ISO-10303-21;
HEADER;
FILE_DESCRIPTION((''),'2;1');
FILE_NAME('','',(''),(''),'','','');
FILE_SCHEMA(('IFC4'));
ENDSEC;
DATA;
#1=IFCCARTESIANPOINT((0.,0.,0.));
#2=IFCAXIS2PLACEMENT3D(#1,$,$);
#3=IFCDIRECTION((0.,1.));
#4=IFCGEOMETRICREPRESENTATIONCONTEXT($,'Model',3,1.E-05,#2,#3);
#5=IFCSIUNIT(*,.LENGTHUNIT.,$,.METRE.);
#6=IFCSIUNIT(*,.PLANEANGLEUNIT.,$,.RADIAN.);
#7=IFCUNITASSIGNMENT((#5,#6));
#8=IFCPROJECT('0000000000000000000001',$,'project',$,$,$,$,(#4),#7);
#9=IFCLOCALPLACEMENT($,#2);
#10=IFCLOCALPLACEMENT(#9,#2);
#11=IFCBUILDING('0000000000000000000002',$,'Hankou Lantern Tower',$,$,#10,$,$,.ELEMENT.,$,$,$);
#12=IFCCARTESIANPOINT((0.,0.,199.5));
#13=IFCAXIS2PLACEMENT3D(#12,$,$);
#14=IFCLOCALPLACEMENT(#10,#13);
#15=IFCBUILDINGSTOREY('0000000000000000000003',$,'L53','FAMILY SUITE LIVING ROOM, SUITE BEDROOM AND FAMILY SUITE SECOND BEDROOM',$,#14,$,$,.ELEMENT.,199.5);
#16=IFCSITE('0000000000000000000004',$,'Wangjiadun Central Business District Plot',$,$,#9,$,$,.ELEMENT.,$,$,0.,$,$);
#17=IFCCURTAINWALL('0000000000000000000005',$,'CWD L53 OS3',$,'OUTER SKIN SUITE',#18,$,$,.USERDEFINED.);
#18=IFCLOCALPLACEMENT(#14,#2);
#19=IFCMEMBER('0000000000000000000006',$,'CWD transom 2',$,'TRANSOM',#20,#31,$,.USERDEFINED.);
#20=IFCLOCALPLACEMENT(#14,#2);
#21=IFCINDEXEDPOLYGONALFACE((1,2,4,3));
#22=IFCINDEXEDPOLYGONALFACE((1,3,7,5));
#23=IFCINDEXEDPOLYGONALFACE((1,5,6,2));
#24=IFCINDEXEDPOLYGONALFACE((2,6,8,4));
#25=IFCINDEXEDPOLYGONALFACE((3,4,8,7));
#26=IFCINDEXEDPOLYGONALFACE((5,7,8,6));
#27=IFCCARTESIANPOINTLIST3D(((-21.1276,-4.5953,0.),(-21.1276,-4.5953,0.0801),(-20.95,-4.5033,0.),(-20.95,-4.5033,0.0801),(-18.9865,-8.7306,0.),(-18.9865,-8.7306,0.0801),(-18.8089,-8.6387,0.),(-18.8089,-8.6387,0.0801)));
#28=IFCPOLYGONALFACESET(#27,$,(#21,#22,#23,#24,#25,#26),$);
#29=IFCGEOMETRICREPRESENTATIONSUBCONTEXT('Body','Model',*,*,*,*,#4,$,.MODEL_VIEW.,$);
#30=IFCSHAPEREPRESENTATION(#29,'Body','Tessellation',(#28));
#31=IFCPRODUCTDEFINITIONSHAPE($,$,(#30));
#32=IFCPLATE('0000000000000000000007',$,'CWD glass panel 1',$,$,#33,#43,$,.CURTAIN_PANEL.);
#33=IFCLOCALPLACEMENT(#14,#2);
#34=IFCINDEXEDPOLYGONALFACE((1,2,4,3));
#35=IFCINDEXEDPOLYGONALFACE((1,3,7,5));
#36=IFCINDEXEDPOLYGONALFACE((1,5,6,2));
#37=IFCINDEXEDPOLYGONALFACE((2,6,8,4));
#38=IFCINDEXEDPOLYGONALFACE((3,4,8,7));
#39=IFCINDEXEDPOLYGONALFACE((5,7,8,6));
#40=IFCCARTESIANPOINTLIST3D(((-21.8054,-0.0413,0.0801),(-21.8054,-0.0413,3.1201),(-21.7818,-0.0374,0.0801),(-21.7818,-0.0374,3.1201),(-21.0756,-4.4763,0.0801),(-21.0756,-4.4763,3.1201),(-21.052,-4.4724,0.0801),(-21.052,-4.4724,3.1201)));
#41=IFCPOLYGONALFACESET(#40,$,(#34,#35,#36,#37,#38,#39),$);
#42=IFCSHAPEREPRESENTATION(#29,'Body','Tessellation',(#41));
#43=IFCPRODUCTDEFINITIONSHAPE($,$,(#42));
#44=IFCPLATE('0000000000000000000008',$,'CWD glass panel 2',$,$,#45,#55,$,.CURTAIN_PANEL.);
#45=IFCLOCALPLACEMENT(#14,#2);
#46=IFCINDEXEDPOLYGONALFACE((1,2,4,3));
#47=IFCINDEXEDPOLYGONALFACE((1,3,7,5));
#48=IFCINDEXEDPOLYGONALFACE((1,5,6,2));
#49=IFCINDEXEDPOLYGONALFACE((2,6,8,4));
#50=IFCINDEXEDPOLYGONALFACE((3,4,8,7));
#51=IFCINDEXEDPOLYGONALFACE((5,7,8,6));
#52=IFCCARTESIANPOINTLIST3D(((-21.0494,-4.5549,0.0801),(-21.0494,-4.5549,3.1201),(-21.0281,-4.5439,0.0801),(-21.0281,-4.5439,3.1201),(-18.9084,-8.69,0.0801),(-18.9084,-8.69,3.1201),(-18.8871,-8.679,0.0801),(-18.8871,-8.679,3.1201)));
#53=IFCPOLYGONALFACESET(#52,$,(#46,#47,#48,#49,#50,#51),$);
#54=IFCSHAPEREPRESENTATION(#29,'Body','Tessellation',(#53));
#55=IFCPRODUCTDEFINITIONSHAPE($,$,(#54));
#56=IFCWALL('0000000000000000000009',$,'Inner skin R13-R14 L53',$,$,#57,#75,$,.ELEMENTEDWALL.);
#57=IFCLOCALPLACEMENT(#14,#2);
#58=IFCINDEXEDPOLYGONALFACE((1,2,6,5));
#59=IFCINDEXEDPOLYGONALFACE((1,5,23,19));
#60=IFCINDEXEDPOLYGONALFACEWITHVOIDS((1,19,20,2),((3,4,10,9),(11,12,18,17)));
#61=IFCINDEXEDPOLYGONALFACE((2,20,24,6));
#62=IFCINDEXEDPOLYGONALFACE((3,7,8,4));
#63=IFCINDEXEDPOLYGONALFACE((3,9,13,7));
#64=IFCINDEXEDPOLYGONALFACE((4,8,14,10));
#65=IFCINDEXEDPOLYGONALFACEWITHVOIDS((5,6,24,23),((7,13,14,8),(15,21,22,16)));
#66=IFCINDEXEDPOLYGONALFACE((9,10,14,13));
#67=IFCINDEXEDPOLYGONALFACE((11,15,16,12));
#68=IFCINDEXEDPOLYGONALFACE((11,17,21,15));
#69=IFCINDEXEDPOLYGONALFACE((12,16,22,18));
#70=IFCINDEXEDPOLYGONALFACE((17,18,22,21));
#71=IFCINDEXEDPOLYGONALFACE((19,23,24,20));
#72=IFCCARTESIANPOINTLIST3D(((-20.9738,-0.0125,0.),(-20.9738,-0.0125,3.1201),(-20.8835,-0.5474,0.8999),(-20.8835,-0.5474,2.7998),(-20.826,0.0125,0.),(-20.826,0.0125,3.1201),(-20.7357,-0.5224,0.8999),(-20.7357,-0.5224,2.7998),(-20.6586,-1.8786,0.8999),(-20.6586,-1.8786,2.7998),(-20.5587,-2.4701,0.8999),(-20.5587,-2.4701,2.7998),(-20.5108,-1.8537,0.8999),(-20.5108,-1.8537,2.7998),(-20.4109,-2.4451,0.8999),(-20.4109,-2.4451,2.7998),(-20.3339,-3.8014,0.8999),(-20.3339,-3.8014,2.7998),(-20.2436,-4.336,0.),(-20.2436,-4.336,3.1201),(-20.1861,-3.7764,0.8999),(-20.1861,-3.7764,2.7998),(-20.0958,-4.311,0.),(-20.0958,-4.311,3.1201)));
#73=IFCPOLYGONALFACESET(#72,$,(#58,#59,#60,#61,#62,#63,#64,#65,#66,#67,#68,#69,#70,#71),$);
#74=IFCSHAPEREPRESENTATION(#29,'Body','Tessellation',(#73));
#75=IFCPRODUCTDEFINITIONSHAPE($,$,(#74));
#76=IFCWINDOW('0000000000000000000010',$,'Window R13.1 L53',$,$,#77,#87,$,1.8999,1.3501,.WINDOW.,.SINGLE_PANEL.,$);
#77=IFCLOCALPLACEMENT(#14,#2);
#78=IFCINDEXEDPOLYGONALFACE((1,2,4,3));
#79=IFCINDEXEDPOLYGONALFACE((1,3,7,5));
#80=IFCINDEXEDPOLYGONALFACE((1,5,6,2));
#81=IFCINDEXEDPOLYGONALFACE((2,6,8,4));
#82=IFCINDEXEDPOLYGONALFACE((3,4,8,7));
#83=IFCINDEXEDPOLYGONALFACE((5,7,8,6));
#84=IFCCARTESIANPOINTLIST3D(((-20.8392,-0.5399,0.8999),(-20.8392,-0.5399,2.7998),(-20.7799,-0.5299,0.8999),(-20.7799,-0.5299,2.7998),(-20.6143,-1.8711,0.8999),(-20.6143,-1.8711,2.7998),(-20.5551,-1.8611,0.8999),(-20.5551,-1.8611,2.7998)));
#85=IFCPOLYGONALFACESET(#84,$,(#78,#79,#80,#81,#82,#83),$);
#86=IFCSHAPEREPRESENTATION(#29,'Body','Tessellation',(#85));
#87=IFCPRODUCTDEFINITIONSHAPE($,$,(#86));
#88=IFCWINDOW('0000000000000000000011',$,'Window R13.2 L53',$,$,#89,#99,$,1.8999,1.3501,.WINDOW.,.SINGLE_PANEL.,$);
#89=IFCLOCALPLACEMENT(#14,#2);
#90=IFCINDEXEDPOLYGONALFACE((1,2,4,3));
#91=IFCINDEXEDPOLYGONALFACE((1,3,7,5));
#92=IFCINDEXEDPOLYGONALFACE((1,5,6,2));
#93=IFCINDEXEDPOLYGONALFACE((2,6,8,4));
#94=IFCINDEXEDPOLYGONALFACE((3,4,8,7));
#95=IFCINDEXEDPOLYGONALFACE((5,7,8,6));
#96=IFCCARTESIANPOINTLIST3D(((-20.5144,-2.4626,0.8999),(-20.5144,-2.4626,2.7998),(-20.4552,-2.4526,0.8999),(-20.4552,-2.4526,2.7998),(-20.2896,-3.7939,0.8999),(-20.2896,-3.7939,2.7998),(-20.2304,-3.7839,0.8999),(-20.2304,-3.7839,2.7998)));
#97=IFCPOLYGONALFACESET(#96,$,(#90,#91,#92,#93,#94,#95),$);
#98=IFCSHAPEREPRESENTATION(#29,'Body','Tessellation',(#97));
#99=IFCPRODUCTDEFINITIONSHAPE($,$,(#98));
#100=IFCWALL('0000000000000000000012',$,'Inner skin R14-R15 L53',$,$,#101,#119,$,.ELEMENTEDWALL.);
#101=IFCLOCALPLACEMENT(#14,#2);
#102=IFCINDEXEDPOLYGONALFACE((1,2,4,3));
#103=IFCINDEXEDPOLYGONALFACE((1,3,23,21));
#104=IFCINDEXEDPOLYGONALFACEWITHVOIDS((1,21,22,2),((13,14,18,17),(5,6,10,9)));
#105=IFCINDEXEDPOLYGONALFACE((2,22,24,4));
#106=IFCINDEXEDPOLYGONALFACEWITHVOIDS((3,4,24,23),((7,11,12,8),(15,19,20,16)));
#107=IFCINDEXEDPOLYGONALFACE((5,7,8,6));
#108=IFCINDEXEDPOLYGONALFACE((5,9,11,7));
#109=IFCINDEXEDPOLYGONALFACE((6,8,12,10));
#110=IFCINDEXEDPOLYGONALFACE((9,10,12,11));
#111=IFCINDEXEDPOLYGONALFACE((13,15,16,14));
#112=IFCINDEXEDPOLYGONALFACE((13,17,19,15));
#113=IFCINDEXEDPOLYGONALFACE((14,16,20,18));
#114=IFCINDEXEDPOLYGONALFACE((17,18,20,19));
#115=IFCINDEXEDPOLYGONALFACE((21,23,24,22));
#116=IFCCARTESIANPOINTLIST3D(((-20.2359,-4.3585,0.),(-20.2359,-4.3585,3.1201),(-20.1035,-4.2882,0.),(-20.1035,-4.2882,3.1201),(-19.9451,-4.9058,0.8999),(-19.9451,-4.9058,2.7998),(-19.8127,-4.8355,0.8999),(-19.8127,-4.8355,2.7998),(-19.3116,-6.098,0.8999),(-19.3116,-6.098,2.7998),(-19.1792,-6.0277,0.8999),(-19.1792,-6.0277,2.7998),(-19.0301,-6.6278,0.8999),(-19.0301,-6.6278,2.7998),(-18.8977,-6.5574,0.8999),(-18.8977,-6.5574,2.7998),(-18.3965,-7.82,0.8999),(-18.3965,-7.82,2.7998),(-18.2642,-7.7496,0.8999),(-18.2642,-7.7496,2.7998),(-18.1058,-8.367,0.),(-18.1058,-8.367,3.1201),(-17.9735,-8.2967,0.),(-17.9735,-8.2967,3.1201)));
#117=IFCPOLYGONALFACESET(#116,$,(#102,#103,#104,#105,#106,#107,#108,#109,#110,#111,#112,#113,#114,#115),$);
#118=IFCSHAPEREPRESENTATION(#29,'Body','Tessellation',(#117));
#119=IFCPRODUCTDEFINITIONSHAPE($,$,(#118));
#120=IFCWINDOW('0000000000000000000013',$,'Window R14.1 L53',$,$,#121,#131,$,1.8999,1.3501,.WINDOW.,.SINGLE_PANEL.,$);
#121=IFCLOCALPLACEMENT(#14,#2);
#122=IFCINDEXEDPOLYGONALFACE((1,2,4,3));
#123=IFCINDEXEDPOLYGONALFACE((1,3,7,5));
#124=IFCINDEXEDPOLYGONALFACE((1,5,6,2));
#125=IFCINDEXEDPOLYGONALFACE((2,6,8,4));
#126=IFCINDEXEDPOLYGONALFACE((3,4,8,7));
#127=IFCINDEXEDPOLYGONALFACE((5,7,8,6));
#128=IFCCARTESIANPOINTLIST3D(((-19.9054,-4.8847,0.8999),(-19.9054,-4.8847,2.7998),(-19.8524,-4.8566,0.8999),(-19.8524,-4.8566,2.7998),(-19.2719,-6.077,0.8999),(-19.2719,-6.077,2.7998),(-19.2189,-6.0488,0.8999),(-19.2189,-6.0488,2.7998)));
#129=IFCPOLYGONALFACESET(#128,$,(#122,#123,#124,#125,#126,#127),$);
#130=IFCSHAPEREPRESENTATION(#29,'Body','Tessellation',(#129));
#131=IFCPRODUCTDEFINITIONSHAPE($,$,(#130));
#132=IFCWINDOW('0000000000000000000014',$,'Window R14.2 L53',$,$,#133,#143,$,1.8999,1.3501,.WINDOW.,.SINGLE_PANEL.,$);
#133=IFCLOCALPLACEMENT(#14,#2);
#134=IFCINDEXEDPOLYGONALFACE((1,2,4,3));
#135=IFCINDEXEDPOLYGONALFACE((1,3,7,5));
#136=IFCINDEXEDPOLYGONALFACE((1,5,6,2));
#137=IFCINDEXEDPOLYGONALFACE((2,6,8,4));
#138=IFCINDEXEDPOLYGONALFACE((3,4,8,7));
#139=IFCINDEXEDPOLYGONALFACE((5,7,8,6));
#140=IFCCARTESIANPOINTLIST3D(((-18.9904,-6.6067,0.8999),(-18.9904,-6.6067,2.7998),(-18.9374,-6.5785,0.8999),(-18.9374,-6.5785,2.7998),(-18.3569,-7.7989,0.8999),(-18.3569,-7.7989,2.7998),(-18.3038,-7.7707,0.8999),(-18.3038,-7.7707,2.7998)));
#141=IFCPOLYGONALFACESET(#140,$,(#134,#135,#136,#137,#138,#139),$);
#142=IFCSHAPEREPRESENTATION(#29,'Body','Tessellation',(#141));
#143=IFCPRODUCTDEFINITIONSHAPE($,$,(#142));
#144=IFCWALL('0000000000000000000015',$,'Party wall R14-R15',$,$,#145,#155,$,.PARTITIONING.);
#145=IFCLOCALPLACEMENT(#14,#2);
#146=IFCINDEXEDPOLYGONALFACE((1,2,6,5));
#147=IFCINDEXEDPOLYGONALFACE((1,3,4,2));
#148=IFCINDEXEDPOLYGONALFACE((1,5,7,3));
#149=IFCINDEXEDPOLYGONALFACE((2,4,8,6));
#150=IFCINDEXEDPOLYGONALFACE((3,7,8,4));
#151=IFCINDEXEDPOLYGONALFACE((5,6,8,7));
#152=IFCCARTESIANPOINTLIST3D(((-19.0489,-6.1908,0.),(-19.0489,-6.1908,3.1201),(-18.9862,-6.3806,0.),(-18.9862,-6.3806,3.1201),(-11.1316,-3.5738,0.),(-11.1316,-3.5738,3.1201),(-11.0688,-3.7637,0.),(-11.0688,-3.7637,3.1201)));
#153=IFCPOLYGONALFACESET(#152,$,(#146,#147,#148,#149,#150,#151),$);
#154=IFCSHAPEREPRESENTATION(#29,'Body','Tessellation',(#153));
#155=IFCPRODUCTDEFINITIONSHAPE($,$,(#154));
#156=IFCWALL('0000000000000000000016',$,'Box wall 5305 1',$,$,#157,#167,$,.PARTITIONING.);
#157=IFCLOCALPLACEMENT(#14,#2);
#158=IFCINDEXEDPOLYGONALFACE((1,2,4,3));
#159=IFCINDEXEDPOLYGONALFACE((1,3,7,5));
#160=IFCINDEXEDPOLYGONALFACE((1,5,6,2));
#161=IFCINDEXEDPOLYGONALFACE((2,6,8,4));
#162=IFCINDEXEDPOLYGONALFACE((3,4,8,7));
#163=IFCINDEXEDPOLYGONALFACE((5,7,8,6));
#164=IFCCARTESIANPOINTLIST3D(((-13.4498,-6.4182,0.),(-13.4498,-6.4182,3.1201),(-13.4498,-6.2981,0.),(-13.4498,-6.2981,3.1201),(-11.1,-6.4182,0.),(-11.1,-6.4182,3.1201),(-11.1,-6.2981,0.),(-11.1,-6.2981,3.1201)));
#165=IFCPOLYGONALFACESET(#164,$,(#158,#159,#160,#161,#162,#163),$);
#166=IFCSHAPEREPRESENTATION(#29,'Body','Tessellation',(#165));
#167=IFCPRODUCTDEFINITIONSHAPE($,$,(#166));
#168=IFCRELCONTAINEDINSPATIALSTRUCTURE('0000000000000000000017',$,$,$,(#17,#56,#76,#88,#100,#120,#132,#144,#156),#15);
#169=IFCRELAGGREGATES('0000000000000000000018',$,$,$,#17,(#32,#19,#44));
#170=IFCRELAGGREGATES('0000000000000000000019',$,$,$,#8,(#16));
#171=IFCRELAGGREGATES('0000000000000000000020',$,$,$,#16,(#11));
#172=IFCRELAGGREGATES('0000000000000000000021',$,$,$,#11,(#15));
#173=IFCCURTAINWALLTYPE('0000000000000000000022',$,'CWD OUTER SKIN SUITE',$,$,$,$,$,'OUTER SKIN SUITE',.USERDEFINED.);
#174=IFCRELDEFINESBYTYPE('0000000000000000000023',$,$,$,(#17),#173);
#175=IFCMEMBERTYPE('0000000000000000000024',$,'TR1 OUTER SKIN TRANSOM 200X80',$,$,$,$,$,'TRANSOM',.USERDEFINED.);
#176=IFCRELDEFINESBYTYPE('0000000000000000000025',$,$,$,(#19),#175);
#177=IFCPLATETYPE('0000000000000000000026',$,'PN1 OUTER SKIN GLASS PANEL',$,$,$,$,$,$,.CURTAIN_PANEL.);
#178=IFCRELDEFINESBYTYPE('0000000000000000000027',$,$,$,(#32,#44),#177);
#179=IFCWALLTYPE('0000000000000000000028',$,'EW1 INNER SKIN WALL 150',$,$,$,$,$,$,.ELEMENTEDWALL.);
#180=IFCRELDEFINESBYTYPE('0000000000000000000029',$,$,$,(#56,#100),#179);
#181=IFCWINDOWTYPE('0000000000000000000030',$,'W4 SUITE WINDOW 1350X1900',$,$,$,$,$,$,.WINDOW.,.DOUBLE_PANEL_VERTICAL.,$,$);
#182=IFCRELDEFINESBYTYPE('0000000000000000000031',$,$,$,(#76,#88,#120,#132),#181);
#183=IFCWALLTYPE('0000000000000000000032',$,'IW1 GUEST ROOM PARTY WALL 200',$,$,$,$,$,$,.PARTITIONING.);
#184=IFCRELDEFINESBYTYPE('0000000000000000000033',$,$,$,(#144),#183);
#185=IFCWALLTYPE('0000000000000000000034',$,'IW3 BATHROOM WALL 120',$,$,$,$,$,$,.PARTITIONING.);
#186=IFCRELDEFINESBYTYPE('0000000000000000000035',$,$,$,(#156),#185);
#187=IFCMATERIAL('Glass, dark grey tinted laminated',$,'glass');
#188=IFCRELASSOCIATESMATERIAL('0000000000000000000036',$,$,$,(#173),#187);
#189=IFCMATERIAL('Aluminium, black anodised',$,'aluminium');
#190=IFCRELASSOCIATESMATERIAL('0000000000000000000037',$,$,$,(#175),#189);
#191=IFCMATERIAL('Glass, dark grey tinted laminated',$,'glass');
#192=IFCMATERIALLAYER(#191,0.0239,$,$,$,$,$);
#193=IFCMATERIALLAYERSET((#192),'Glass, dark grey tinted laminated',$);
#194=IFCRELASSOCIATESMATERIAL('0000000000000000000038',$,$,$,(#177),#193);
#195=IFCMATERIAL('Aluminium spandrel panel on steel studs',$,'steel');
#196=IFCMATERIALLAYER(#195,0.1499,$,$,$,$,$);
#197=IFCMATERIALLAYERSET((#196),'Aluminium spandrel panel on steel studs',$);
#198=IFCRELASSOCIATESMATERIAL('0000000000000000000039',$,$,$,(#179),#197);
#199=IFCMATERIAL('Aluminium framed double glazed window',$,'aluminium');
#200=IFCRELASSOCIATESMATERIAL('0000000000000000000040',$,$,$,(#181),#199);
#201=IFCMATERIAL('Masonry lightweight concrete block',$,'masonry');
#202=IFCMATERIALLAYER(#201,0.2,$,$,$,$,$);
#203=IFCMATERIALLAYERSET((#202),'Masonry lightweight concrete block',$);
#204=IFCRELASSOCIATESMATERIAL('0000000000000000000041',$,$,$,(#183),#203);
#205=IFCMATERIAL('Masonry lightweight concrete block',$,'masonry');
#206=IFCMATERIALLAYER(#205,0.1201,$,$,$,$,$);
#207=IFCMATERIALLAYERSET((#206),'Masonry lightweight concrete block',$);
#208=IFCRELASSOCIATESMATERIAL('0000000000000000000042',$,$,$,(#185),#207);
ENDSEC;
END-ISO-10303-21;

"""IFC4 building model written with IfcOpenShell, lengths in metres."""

from ifc_helpers import new_model, si_unit, direction, frame, frame_2d, origin, origin_2d, place, context, subcontext, project, spatial, rectangle, extrude, material, layer, layer_set, material_profile, profile_set, type_object, element, fill, aggregate, save


model = new_model("IFC4")

# Units and contexts
model_context = context("Model", 3, precision=1e-05, world=origin(), true_north=direction((0.0, 1.0)))
body_context = subcontext(model_context, "Body", "Model", "MODEL_VIEW")
ifc_project = project(units=[si_unit("LENGTHUNIT", "METRE"), si_unit("PLANEANGLEUNIT", "RADIAN")], contexts=[model_context])

# Site, building, storey
site_placement = place(None, origin())
site = spatial("IfcSite", under=ifc_project, at=site_placement, Name="Wangjiadun Central Business District Plot", CompositionType="ELEMENT", RefElevation=0.0)
building_placement = place(site_placement, origin())
building = spatial("IfcBuilding", under=site, at=building_placement, Name="Hankou Lantern Tower", CompositionType="ELEMENT")
storey_placement = place(building_placement, frame((0.0, 0.0, 199.5)))
storey = spatial("IfcBuildingStorey", under=building, at=storey_placement, Name="L53", Description="FAMILY SUITE LIVING ROOM, SUITE BEDROOM AND FAMILY SUITE SECOND BEDROOM", CompositionType="ELEMENT", Elevation=199.5)

# Curtain wall
ifc_material_1 = material(Name="Glass, dark grey tinted laminated", Category="glass")
curtain_wall_type = type_object("IfcCurtainWallType", Name="CWD OUTER SKIN SUITE", ElementType="OUTER SKIN SUITE", PredefinedType="USERDEFINED", material=ifc_material_1)
curtain_wall_placement = place(storey_placement, origin())
curtain_wall = element("IfcCurtainWall", 1, at=curtain_wall_placement, inside=storey, type_object=curtain_wall_type, Name="CWD L53 OS3", ObjectType="OUTER SKIN SUITE", PredefinedType="USERDEFINED")

# Member
ifc_material_2 = material(Name="Aluminium, black anodised", Category="aluminium")
ifc_material_profile_1 = material_profile(ifc_material_2, rectangle(XDim=0.2, YDim=0.0801, at=origin_2d()), Name="TR1 200X80")
ifc_profile_set_1 = profile_set([ifc_material_profile_1], Name="Aluminium, black anodised")
member_type_1 = type_object("IfcMemberType", Name="TR1 OUTER SKIN TRANSOM 200X80", ElementType="TRANSOM", PredefinedType="USERDEFINED", material=ifc_profile_set_1)
member_1_placement = place(storey_placement, frame((-21.0388, -4.5493, 0.04), z_axis=(0.459794, -0.888026, 0.0), x_axis=(0.888026, 0.459794, 0.0)))
member_1 = element("IfcMember", 2, at=member_1_placement, type_object=member_type_1, Name="CWD transom 2", ObjectType="TRANSOM", PredefinedType="USERDEFINED", context=body_context, shape_type="SweptSolid", body=[
    extrude(rectangle(XDim=0.2, YDim=0.0801, at=origin_2d()), origin(), (0.0, 0.0, 1.0), 4.6567),
])

# Plates
ifc_material_3 = material(Name="Glass, dark grey tinted laminated", Category="glass")
ifc_layer_1 = layer(ifc_material_3, 0.0239)
ifc_layer_set_1 = layer_set([ifc_layer_1], Name="Glass, dark grey tinted laminated")
plate_type = type_object("IfcPlateType", Name="PN1 OUTER SKIN GLASS PANEL", PredefinedType="CURTAIN_PANEL", material=ifc_layer_set_1)
plate_1_placement = place(storey_placement, frame((-21.4287, -2.2568, 0.0801), z_axis=(0.0, 0.0, 1.0), x_axis=(0.162382, -0.986728, 0.0)))
plate_1 = element("IfcPlate", 3, at=plate_1_placement, type_object=plate_type, Name="CWD glass panel 1", PredefinedType="CURTAIN_PANEL", context=body_context, shape_type="SweptSolid", body=[
    extrude(rectangle(XDim=4.4946, YDim=0.0239, at=origin_2d()), origin(), (0.0, 0.0, 1.0), 3.04),
])
plate_2_placement = place(storey_placement, frame((-19.9683, -6.6169, 0.0801), z_axis=(0.0, 0.0, 1.0), x_axis=(0.459791, -0.888027, 0.0)))
plate_2 = element("IfcPlate", 4, at=plate_2_placement, type_object=plate_type, Name="CWD glass panel 2", PredefinedType="CURTAIN_PANEL", context=body_context, shape_type="SweptSolid", body=[
    extrude(rectangle(XDim=4.6565, YDim=0.0239, at=origin_2d()), origin(), (0.0, 0.0, 1.0), 3.04),
])
aggregate(curtain_wall, [plate_1, member_1, plate_2])

# Walls, openings, windows
ifc_material_4 = material(Name="Aluminium spandrel panel on steel studs", Category="steel")
ifc_layer_2 = layer(ifc_material_4, 0.1499)
ifc_layer_set_2 = layer_set([ifc_layer_2], Name="Aluminium spandrel panel on steel studs")
wall_type_1 = type_object("IfcWallType", Name="EW1 INNER SKIN WALL 150", PredefinedType="ELEMENTEDWALL", material=ifc_layer_set_2)
wall_1_placement = place(storey_placement, frame((-20.8999, 0.0, 0.0), z_axis=(0.0, 0.0, 1.0), x_axis=(0.166539, -0.986035, 0.0)))
wall_1 = element("IfcWall", 5, at=wall_1_placement, inside=storey, type_object=wall_type_1, Name="Inner skin R13-R14 L53", PredefinedType="ELEMENTEDWALL", context=body_context, shape_type="SweptSolid", body=[
    extrude(rectangle(XDim=4.3848, YDim=0.1499, at=frame_2d((2.1924, 0.0))), origin(), (0.0, 0.0, 1.0), 3.1201),
])
opening_1_placement = place(wall_1_placement, frame((0.5425, 0.0, 0.8999)))
opening_1 = element("IfcOpeningElement", 6, at=opening_1_placement, cuts=wall_1, PredefinedType="OPENING", context=body_context, shape_type="SweptSolid", body=[
    extrude(rectangle(XDim=1.3501, YDim=1.8999, at=frame_2d((0.675, 0.95))), frame((0.0, 0.085, 0.0), z_axis=(0.0, -1.0, 0.0), x_axis=(1.0, 0.0, 0.0)), (0.0, 0.0, 1.0), 0.1699),
])
opening_2_placement = place(wall_1_placement, frame((2.4924, 0.0, 0.8999)))
opening_2 = element("IfcOpeningElement", 7, at=opening_2_placement, cuts=wall_1, PredefinedType="OPENING", context=body_context, shape_type="SweptSolid", body=[
    extrude(rectangle(XDim=1.3501, YDim=1.8999, at=frame_2d((0.675, 0.95))), frame((0.0, 0.085, 0.0), z_axis=(0.0, -1.0, 0.0), x_axis=(1.0, 0.0, 0.0)), (0.0, 0.0, 1.0), 0.1699),
])
ifc_material_5 = material(Name="Aluminium framed double glazed window", Category="aluminium")
window_type = type_object("IfcWindowType", Name="W4 SUITE WINDOW 1350X1900", PartitioningType="DOUBLE_PANEL_VERTICAL", PredefinedType="WINDOW", material=ifc_material_5)
window_1_placement = place(opening_1_placement, origin())
window_1 = element("IfcWindow", 8, at=window_1_placement, inside=storey, type_object=window_type, Name="Window R13.1 L53", OverallHeight=1.8999, OverallWidth=1.3501, PartitioningType="SINGLE_PANEL", PredefinedType="WINDOW", context=body_context, shape_type="SweptSolid", body=[
    extrude(rectangle(XDim=1.3501, YDim=1.8999, at=frame_2d((0.675, 0.95))), frame((0.0, 0.03, 0.0), z_axis=(0.0, -1.0, 0.0), x_axis=(1.0, 0.0, 0.0)), (0.0, 0.0, 1.0), 0.0601),
])
fill(opening_1, window_1)
window_2_placement = place(opening_2_placement, origin())
window_2 = element("IfcWindow", 9, at=window_2_placement, inside=storey, type_object=window_type, Name="Window R13.2 L53", OverallHeight=1.8999, OverallWidth=1.3501, PartitioningType="SINGLE_PANEL", PredefinedType="WINDOW", context=body_context, shape_type="SweptSolid", body=[
    extrude(rectangle(XDim=1.3501, YDim=1.8999, at=frame_2d((0.675, 0.95))), frame((0.0, 0.03, 0.0), z_axis=(0.0, -1.0, 0.0), x_axis=(1.0, 0.0, 0.0)), (0.0, 0.0, 1.0), 0.0601),
])
fill(opening_2, window_2)
wall_2_placement = place(storey_placement, frame((-20.1697, -4.3235, 0.0), z_axis=(0.0, 0.0, 1.0), x_axis=(0.469256, -0.883062, 0.0)))
wall_2 = element("IfcWall", 10, at=wall_2_placement, inside=storey, type_object=wall_type_1, Name="Inner skin R14-R15 L53", PredefinedType="ELEMENTEDWALL", context=body_context, shape_type="SweptSolid", body=[
    extrude(rectangle(XDim=4.5393, YDim=0.1499, at=frame_2d((2.2695, 0.0))), origin(), (0.0, 0.0, 1.0), 3.1201),
])
opening_3_placement = place(wall_2_placement, frame((0.6196, 0.0, 0.8999)))
opening_3 = element("IfcOpeningElement", 11, at=opening_3_placement, cuts=wall_2, PredefinedType="OPENING", context=body_context, shape_type="SweptSolid", body=[
    extrude(rectangle(XDim=1.3501, YDim=1.8999, at=frame_2d((0.675, 0.95))), frame((0.0, 0.085, 0.0), z_axis=(0.0, -1.0, 0.0), x_axis=(1.0, 0.0, 0.0)), (0.0, 0.0, 1.0), 0.1699),
])
opening_4_placement = place(wall_2_placement, frame((2.5696, 0.0, 0.8999)))
opening_4 = element("IfcOpeningElement", 12, at=opening_4_placement, cuts=wall_2, PredefinedType="OPENING", context=body_context, shape_type="SweptSolid", body=[
    extrude(rectangle(XDim=1.3501, YDim=1.8999, at=frame_2d((0.675, 0.95))), frame((0.0, 0.085, 0.0), z_axis=(0.0, -1.0, 0.0), x_axis=(1.0, 0.0, 0.0)), (0.0, 0.0, 1.0), 0.1699),
])
window_3_placement = place(opening_3_placement, origin())
window_3 = element("IfcWindow", 13, at=window_3_placement, inside=storey, type_object=window_type, Name="Window R14.1 L53", OverallHeight=1.8999, OverallWidth=1.3501, PartitioningType="SINGLE_PANEL", PredefinedType="WINDOW", context=body_context, shape_type="SweptSolid", body=[
    extrude(rectangle(XDim=1.3501, YDim=1.8999, at=frame_2d((0.675, 0.95))), frame((0.0, 0.03, 0.0), z_axis=(0.0, -1.0, 0.0), x_axis=(1.0, 0.0, 0.0)), (0.0, 0.0, 1.0), 0.0601),
])
fill(opening_3, window_3)
window_4_placement = place(opening_4_placement, origin())
window_4 = element("IfcWindow", 14, at=window_4_placement, inside=storey, type_object=window_type, Name="Window R14.2 L53", OverallHeight=1.8999, OverallWidth=1.3501, PartitioningType="SINGLE_PANEL", PredefinedType="WINDOW", context=body_context, shape_type="SweptSolid", body=[
    extrude(rectangle(XDim=1.3501, YDim=1.8999, at=frame_2d((0.675, 0.95))), frame((0.0, 0.03, 0.0), z_axis=(0.0, -1.0, 0.0), x_axis=(1.0, 0.0, 0.0)), (0.0, 0.0, 1.0), 0.0601),
])
fill(opening_4, window_4)

# Walls
ifc_material_6 = material(Name="Masonry lightweight concrete block", Category="masonry")
ifc_layer_3 = layer(ifc_material_6, 0.2)
ifc_layer_set_3 = layer_set([ifc_layer_3], Name="Masonry lightweight concrete block")
wall_type_2 = type_object("IfcWallType", Name="IW1 GUEST ROOM PARTY WALL 200", PredefinedType="PARTITIONING", material=ifc_layer_set_3)
wall_3_placement = place(storey_placement, frame((-11.1001, -3.6687, 0.0), z_axis=(0.0, 0.0, 1.0), x_axis=(-0.949477, -0.313838, 0.0)))
element("IfcWall", 15, at=wall_3_placement, inside=storey, type_object=wall_type_2, Name="Party wall R14-R15", PredefinedType="PARTITIONING", context=body_context, shape_type="SweptSolid", body=[
    extrude(rectangle(XDim=8.3386, YDim=0.2, at=frame_2d((4.1694, 0.0))), origin(), (0.0, 0.0, 1.0), 3.1201),
])
ifc_material_7 = material(Name="Masonry lightweight concrete block", Category="masonry")
ifc_layer_4 = layer(ifc_material_7, 0.1201)
ifc_layer_set_4 = layer_set([ifc_layer_4], Name="Masonry lightweight concrete block")
wall_type_3 = type_object("IfcWallType", Name="IW3 BATHROOM WALL 120", PredefinedType="PARTITIONING", material=ifc_layer_set_4)
wall_4_placement = place(storey_placement, frame((-11.1001, -6.3582, 0.0), z_axis=(0.0, 0.0, 1.0), x_axis=(-1.0, 0.0, 0.0)))
element("IfcWall", 16, at=wall_4_placement, inside=storey, type_object=wall_type_3, Name="Box wall 5305 1", PredefinedType="PARTITIONING", context=body_context, shape_type="SweptSolid", body=[
    extrude(rectangle(XDim=2.3499, YDim=0.1201, at=frame_2d((1.1748, 0.0))), origin(), (0.0, 0.0, 1.0), 3.1201),
])

save(model, "model.ifc")
